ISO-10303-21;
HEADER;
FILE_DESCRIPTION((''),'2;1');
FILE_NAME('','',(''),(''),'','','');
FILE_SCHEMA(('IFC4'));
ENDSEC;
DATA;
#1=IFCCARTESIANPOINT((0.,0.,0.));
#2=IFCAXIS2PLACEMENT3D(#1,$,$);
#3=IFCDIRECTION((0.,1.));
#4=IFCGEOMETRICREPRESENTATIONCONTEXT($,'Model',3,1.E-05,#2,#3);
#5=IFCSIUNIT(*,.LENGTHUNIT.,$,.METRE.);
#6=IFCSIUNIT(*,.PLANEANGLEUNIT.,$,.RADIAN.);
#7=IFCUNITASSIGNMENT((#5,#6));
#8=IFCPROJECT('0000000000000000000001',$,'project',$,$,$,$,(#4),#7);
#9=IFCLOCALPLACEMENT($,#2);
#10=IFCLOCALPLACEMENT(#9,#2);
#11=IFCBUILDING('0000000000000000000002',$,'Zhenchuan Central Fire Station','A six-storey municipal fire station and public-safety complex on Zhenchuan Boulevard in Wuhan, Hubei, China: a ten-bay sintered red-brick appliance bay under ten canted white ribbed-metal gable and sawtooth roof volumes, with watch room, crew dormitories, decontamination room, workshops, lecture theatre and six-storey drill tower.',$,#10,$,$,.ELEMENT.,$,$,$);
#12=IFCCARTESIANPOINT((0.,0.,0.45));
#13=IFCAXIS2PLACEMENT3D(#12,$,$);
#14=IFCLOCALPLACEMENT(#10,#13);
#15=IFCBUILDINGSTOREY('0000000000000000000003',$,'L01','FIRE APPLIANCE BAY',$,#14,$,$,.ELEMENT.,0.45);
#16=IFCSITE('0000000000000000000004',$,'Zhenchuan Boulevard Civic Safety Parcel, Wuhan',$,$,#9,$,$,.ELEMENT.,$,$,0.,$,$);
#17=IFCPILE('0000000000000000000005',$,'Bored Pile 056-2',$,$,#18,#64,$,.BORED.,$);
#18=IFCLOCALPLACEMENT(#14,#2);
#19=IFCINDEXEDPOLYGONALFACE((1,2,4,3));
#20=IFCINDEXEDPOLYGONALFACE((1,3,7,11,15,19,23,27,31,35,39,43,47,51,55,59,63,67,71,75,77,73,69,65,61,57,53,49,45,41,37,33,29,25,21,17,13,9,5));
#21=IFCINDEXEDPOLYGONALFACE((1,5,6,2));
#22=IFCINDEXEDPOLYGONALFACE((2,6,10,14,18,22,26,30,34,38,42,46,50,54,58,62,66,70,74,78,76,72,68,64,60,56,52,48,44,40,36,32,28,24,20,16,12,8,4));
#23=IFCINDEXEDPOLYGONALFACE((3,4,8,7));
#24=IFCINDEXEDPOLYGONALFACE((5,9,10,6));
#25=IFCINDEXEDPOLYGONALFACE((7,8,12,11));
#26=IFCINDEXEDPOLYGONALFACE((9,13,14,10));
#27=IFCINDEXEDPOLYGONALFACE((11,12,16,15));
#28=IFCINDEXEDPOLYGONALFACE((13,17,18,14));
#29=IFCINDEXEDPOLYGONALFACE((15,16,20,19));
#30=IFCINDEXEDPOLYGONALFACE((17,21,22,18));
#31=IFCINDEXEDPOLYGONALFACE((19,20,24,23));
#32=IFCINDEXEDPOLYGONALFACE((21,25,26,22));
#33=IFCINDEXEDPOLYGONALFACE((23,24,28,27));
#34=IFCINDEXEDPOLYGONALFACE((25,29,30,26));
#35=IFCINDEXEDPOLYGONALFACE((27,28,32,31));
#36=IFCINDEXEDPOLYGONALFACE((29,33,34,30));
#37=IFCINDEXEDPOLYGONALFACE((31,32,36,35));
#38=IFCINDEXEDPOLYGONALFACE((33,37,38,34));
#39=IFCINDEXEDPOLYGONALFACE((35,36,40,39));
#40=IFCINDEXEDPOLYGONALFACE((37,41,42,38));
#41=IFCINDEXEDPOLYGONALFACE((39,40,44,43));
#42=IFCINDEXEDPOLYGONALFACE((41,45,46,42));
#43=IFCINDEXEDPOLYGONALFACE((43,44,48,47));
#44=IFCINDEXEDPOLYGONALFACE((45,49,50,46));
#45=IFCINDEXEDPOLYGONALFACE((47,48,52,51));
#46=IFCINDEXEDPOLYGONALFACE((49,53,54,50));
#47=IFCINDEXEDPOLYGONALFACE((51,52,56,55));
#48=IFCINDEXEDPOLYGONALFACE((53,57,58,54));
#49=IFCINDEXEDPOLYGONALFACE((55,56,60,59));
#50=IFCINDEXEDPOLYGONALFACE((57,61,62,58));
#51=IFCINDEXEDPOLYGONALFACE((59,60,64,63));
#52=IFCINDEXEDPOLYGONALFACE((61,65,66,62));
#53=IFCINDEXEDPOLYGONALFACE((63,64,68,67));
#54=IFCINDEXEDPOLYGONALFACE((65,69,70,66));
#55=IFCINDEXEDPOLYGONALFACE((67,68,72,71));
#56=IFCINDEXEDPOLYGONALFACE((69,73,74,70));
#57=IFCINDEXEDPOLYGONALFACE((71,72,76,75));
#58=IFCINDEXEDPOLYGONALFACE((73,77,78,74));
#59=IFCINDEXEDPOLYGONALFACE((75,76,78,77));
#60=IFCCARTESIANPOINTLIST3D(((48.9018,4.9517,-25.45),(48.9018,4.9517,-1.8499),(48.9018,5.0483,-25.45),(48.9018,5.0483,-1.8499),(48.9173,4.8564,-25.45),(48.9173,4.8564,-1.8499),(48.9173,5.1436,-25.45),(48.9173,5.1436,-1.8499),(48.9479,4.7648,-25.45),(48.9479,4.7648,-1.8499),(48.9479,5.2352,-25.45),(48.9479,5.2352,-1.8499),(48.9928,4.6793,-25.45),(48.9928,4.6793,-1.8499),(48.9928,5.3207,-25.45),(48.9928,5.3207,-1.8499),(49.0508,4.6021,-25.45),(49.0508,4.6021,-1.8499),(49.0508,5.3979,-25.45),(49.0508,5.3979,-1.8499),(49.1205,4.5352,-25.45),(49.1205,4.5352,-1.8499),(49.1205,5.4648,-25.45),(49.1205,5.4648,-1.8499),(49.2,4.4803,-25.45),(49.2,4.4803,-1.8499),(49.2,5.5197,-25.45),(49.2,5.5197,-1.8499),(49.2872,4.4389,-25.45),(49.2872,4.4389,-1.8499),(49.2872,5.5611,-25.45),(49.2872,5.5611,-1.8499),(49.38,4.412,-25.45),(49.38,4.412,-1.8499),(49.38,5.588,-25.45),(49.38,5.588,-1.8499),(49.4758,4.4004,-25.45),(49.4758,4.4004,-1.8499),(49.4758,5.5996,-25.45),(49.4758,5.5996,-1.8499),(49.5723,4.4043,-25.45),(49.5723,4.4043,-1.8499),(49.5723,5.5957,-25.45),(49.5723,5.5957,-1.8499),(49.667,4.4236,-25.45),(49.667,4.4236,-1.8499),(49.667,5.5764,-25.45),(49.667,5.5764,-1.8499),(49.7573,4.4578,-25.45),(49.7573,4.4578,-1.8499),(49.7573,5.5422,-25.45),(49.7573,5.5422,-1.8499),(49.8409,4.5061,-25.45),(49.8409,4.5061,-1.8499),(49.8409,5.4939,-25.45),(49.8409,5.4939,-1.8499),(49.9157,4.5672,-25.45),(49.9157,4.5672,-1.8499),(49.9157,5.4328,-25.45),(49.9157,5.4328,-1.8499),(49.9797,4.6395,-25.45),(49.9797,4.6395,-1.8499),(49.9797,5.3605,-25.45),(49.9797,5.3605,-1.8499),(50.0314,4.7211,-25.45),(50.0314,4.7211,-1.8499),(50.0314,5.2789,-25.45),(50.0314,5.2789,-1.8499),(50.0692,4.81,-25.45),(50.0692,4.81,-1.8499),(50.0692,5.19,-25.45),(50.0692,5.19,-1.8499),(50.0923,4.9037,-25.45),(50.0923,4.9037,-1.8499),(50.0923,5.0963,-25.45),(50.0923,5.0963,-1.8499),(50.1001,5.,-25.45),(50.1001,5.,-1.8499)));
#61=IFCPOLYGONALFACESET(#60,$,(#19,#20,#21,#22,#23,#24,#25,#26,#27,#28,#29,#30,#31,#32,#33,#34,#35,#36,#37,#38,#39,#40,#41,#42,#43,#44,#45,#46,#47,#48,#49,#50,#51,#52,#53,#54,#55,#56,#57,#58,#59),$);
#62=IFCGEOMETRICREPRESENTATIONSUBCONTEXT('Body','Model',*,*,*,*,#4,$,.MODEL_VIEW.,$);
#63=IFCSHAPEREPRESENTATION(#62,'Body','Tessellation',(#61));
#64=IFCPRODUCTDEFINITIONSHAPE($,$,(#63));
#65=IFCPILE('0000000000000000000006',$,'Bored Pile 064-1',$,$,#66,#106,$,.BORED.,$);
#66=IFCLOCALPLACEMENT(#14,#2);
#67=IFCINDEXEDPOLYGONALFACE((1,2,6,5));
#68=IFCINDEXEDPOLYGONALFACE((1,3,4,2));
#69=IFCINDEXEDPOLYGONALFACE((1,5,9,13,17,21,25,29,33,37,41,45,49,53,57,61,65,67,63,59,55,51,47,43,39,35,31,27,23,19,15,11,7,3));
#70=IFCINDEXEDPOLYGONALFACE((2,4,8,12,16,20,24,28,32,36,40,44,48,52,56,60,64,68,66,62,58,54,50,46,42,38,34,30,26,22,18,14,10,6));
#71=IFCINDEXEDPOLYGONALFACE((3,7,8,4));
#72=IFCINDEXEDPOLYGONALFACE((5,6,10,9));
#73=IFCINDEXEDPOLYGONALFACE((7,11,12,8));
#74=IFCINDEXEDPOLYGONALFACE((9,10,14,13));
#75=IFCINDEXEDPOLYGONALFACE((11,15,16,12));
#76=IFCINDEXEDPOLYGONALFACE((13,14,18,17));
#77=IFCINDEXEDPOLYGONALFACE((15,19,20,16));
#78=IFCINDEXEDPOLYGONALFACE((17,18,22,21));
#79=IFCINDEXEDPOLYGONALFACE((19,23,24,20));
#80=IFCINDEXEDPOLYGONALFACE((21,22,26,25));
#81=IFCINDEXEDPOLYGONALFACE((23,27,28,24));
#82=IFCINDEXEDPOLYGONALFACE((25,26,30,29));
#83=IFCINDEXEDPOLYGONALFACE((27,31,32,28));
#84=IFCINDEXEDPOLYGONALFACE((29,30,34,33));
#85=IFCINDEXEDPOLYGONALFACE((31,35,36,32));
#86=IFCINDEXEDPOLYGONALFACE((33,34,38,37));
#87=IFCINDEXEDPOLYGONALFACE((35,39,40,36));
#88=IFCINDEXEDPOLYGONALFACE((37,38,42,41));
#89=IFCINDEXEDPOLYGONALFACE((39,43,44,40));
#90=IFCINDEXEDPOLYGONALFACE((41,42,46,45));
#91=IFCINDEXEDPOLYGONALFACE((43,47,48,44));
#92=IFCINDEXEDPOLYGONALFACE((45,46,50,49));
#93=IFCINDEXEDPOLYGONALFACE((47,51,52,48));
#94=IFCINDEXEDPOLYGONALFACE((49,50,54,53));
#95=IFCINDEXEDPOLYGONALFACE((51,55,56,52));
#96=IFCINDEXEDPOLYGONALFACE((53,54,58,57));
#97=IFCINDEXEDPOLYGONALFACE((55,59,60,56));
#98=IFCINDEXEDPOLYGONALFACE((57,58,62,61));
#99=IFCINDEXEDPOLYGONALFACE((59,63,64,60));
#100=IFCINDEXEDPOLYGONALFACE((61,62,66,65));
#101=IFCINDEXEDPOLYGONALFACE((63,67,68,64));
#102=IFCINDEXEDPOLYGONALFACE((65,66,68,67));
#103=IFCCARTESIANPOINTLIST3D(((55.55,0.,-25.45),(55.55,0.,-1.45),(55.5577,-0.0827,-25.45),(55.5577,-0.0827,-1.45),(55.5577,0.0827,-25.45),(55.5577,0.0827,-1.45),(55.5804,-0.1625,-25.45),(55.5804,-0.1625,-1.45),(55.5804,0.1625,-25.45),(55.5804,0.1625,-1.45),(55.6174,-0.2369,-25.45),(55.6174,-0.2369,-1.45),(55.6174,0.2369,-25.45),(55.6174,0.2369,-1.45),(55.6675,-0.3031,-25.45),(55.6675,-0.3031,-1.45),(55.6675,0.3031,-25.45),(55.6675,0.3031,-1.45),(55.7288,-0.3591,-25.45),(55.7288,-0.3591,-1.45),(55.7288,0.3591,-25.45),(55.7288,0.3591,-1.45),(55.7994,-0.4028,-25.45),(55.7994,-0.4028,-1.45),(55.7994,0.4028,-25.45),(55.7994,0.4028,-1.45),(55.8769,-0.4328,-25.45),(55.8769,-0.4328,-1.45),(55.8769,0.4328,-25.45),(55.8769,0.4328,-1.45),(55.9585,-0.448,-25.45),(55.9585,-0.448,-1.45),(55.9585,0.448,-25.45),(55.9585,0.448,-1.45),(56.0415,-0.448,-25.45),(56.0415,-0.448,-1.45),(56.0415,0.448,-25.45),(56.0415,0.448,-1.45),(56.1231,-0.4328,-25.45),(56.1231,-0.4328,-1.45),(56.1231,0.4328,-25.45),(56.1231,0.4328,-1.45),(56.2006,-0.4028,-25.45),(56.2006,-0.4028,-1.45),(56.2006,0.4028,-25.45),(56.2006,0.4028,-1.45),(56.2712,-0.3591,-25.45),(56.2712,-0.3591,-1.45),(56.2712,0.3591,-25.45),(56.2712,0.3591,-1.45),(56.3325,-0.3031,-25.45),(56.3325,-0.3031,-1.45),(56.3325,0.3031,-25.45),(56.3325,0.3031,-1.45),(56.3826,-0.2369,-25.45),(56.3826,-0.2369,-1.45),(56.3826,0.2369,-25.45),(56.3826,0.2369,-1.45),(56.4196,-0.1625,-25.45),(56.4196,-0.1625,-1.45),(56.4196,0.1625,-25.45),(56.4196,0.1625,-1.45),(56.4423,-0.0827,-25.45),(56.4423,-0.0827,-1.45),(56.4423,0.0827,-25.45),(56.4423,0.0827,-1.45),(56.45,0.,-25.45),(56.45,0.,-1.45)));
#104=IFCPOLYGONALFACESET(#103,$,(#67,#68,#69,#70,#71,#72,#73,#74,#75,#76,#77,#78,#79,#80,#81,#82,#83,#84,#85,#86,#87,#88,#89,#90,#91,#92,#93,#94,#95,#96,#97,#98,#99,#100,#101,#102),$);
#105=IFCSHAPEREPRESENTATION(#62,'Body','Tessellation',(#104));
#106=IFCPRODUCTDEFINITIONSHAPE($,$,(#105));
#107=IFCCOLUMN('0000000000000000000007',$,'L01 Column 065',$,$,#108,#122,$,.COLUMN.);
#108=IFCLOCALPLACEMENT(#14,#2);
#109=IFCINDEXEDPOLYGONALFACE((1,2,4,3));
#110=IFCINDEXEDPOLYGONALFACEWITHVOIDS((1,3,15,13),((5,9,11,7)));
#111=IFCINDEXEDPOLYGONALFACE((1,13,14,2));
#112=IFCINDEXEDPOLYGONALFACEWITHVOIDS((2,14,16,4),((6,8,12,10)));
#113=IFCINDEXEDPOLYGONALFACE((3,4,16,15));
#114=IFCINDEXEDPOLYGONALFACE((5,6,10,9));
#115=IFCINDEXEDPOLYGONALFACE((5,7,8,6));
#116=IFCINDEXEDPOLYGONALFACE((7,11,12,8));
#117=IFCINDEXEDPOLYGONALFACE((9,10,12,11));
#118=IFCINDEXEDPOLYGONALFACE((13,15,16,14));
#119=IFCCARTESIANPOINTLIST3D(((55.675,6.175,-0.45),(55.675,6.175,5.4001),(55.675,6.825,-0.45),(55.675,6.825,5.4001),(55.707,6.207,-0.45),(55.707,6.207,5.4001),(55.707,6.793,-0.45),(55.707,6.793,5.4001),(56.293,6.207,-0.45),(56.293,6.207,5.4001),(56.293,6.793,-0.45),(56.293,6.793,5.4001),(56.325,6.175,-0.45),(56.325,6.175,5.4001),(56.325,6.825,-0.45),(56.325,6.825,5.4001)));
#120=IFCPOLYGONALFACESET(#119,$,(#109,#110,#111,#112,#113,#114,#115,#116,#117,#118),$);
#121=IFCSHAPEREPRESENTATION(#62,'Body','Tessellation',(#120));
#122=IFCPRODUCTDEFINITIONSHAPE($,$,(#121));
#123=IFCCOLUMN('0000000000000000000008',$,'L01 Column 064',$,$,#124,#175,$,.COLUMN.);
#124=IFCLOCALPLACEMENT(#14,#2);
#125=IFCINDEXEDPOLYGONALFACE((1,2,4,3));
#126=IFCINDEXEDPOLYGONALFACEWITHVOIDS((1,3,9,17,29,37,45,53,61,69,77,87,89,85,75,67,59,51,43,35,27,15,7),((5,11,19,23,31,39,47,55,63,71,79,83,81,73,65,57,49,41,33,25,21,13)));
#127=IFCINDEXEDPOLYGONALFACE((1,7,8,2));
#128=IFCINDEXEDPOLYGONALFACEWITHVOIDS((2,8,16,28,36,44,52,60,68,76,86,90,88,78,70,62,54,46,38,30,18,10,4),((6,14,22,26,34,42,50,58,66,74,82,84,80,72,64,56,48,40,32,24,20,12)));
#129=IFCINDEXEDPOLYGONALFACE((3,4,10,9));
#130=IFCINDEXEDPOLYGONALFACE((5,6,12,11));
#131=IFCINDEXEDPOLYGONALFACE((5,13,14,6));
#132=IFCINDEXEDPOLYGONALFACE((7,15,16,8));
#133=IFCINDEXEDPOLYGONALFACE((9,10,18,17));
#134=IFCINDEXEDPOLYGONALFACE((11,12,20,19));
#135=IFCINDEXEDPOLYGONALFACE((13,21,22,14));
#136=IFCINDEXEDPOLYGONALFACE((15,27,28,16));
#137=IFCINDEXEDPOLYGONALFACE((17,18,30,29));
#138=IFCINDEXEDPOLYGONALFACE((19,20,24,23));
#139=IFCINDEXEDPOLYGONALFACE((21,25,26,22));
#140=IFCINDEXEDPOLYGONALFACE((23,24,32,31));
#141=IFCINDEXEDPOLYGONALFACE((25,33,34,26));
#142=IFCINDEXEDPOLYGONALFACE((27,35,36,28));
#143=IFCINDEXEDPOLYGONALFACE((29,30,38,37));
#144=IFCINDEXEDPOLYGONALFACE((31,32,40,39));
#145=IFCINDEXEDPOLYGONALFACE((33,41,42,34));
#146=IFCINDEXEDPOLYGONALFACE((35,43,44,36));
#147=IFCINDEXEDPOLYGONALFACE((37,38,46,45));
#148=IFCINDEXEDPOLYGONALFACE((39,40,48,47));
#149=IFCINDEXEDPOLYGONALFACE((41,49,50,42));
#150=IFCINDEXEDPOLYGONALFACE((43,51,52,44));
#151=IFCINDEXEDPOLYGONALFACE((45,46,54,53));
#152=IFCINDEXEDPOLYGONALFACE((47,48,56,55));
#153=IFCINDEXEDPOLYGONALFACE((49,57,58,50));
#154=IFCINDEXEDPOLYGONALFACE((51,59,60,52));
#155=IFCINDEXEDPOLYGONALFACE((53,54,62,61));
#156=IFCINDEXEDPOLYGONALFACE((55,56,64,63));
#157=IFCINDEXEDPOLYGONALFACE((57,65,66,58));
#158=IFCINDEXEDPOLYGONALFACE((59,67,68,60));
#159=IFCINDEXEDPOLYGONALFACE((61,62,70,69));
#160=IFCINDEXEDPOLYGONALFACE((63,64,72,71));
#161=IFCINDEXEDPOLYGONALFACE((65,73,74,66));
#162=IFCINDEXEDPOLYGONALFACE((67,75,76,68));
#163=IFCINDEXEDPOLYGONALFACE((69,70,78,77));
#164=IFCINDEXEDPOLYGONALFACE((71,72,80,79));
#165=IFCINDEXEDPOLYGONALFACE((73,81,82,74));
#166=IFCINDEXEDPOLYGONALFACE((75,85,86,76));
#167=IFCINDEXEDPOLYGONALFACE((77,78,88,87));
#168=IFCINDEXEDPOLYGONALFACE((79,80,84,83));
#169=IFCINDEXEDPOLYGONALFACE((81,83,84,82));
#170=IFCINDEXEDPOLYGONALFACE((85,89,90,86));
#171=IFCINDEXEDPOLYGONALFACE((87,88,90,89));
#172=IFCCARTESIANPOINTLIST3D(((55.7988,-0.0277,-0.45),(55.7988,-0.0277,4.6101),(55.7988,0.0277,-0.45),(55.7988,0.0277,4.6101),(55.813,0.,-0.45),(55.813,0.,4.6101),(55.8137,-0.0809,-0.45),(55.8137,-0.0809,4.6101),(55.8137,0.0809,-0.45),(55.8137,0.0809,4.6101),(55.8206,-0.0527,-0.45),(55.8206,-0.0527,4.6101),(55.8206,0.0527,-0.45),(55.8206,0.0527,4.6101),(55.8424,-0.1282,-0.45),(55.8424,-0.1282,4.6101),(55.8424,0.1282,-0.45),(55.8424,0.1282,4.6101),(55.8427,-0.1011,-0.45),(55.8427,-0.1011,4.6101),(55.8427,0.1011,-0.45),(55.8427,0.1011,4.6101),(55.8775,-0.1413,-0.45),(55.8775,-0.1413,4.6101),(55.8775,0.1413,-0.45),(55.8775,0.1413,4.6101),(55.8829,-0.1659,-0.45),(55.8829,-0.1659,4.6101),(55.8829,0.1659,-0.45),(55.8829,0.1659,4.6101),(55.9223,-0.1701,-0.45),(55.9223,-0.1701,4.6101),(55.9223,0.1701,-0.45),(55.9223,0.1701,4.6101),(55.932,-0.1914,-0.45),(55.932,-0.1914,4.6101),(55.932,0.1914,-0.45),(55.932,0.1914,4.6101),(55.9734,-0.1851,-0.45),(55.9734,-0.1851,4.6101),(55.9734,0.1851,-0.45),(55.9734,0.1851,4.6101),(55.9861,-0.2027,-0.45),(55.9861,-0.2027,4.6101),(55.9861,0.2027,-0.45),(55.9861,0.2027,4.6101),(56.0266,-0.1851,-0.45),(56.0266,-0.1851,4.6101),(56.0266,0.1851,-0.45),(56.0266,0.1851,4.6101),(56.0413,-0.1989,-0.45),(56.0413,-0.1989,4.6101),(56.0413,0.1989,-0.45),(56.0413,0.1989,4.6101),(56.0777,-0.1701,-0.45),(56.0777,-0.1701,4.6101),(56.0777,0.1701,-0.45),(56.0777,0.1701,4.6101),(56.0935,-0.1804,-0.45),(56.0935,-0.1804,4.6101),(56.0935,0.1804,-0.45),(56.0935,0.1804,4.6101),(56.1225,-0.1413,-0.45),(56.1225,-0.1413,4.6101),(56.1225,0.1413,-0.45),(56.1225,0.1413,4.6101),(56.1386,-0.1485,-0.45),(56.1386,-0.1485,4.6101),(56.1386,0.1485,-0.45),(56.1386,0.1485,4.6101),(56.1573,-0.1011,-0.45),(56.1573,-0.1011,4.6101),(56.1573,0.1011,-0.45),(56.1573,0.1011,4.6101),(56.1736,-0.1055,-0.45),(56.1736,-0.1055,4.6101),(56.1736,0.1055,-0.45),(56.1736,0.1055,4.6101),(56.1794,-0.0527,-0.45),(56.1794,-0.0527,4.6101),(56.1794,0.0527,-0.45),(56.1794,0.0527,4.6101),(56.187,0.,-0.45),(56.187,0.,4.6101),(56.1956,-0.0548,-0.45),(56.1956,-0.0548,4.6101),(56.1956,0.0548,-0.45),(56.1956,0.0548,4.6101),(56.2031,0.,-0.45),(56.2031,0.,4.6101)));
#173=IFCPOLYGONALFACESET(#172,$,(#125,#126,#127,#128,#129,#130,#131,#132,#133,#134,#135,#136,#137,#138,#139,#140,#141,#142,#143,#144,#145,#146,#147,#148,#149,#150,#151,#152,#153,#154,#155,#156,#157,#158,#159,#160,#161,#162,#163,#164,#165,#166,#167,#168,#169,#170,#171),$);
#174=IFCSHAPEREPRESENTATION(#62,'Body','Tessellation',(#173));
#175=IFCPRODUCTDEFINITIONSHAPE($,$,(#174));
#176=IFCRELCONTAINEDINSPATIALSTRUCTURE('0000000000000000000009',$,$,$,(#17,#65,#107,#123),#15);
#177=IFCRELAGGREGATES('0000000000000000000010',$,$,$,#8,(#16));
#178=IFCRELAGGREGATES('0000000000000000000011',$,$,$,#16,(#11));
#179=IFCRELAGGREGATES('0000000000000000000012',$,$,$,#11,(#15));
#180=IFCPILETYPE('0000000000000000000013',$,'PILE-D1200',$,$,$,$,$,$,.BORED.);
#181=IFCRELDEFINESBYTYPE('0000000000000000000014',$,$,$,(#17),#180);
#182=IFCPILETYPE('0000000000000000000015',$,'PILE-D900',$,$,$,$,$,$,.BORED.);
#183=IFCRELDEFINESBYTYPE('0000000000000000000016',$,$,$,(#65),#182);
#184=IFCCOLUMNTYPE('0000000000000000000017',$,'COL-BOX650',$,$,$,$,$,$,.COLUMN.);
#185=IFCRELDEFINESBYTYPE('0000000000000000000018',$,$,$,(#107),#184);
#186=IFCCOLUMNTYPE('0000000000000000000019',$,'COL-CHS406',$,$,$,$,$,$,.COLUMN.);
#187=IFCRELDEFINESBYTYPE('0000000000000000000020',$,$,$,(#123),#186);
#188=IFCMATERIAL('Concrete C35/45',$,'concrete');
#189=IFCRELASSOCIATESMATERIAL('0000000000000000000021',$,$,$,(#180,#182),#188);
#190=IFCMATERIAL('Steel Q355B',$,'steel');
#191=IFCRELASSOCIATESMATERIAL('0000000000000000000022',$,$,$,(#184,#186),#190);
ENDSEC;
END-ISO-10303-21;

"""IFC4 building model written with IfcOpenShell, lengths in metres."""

from ifc_helpers import new_model, si_unit, direction, frame, origin, origin_2d, place, context, subcontext, project, spatial, hollow_rectangle, circle, hollow_circle, extrude, material, material_profile, profile_set, type_object, element, save


model = new_model("IFC4")

# Units and contexts
model_context = context("Model", 3, precision=1e-05, world=origin(), true_north=direction((0.0, 1.0)))
body_context = subcontext(model_context, "Body", "Model", "MODEL_VIEW")
ifc_project = project(units=[si_unit("LENGTHUNIT", "METRE"), si_unit("PLANEANGLEUNIT", "RADIAN")], contexts=[model_context])

# Site, building, storey
site_placement = place(None, origin())
site = spatial("IfcSite", under=ifc_project, at=site_placement, Name="Zhenchuan Boulevard Civic Safety Parcel, Wuhan", CompositionType="ELEMENT", RefElevation=0.0)
building_placement = place(site_placement, origin())
building = spatial("IfcBuilding", under=site, at=building_placement, Name="Zhenchuan Central Fire Station", Description="A six-storey municipal fire station and public-safety complex on Zhenchuan Boulevard in Wuhan, Hubei, China: a ten-bay sintered red-brick appliance bay under ten canted white ribbed-metal gable and sawtooth roof volumes, with watch room, crew dormitories, decontamination room, workshops, lecture theatre and six-storey drill tower.", CompositionType="ELEMENT")
storey_placement = place(building_placement, frame((0.0, 0.0, 0.45)))
storey = spatial("IfcBuildingStorey", under=building, at=storey_placement, Name="L01", Description="FIRE APPLIANCE BAY", CompositionType="ELEMENT", Elevation=0.45)

# Piles
ifc_material_1 = material(Name="Concrete C35/45", Category="concrete")
ifc_material_profile_1 = material_profile(ifc_material_1, circle(Radius=0.6001, at=origin_2d()), Name="PILE D1200")
ifc_profile_set_1 = profile_set([ifc_material_profile_1], Name="Concrete C35/45")
pile_type_1 = type_object("IfcPileType", Name="PILE-D1200", PredefinedType="BORED", material=ifc_profile_set_1)
pile_1_placement = place(storey_placement, frame((49.5, 5.0, -1.8499), z_axis=(0.0, 0.0, -1.0), x_axis=(1.0, 0.0, 0.0)))
element("IfcPile", 1, at=pile_1_placement, inside=storey, type_object=pile_type_1, Name="Bored Pile 056-2", PredefinedType="BORED", context=body_context, shape_type="SweptSolid", body=[
    extrude(circle(Radius=0.6001, at=origin_2d()), origin(), (0.0, 0.0, 1.0), 23.6001),
])
ifc_material_profile_2 = material_profile(ifc_material_1, circle(Radius=0.45, at=origin_2d()), Name="PILE D900")
ifc_profile_set_2 = profile_set([ifc_material_profile_2], Name="Concrete C35/45")
pile_type_2 = type_object("IfcPileType", Name="PILE-D900", PredefinedType="BORED", material=ifc_profile_set_2)
pile_2_placement = place(storey_placement, frame((56.0, 0.0, -1.45), z_axis=(0.0, 0.0, -1.0), x_axis=(1.0, 0.0, 0.0)))
element("IfcPile", 2, at=pile_2_placement, inside=storey, type_object=pile_type_2, Name="Bored Pile 064-1", PredefinedType="BORED", context=body_context, shape_type="SweptSolid", body=[
    extrude(circle(Radius=0.45, at=origin_2d()), origin(), (0.0, 0.0, 1.0), 24.0),
])

# Columns
ifc_material_2 = material(Name="Steel Q355B", Category="steel")
ifc_material_profile_3 = material_profile(ifc_material_2, hollow_rectangle(XDim=0.6499, YDim=0.6499, WallThickness=0.032, at=origin_2d()), Name="BOX 650x650x32")
ifc_profile_set_3 = profile_set([ifc_material_profile_3], Name="Steel Q355B")
column_type_1 = type_object("IfcColumnType", Name="COL-BOX650", PredefinedType="COLUMN", material=ifc_profile_set_3)
column_1_placement = place(storey_placement, frame((56.0, 6.5, -0.45), z_axis=(0.0, 0.0, 1.0), x_axis=(1.0, 0.0, 0.0)))
element("IfcColumn", 3, at=column_1_placement, inside=storey, type_object=column_type_1, Name="L01 Column 065", PredefinedType="COLUMN", context=body_context, shape_type="SweptSolid", body=[
    extrude(hollow_rectangle(XDim=0.6499, YDim=0.6499, WallThickness=0.032, at=origin_2d()), origin(), (0.0, 0.0, 1.0), 5.8501),
])
ifc_material_profile_4 = material_profile(ifc_material_2, hollow_circle(Radius=0.2031, WallThickness=0.0161, at=origin_2d()), Name="CHS 406.4x16")
ifc_profile_set_4 = profile_set([ifc_material_profile_4], Name="Steel Q355B")
column_type_2 = type_object("IfcColumnType", Name="COL-CHS406", PredefinedType="COLUMN", material=ifc_profile_set_4)
column_2_placement = place(storey_placement, frame((56.0, 0.0, -0.45), z_axis=(0.0, 0.0, 1.0), x_axis=(1.0, 0.0, 0.0)))
element("IfcColumn", 4, at=column_2_placement, inside=storey, type_object=column_type_2, Name="L01 Column 064", PredefinedType="COLUMN", context=body_context, shape_type="SweptSolid", body=[
    extrude(hollow_circle(Radius=0.2031, WallThickness=0.0161, at=origin_2d()), origin(), (0.0, 0.0, 1.0), 5.0601),
])

save(model, "model.ifc")
